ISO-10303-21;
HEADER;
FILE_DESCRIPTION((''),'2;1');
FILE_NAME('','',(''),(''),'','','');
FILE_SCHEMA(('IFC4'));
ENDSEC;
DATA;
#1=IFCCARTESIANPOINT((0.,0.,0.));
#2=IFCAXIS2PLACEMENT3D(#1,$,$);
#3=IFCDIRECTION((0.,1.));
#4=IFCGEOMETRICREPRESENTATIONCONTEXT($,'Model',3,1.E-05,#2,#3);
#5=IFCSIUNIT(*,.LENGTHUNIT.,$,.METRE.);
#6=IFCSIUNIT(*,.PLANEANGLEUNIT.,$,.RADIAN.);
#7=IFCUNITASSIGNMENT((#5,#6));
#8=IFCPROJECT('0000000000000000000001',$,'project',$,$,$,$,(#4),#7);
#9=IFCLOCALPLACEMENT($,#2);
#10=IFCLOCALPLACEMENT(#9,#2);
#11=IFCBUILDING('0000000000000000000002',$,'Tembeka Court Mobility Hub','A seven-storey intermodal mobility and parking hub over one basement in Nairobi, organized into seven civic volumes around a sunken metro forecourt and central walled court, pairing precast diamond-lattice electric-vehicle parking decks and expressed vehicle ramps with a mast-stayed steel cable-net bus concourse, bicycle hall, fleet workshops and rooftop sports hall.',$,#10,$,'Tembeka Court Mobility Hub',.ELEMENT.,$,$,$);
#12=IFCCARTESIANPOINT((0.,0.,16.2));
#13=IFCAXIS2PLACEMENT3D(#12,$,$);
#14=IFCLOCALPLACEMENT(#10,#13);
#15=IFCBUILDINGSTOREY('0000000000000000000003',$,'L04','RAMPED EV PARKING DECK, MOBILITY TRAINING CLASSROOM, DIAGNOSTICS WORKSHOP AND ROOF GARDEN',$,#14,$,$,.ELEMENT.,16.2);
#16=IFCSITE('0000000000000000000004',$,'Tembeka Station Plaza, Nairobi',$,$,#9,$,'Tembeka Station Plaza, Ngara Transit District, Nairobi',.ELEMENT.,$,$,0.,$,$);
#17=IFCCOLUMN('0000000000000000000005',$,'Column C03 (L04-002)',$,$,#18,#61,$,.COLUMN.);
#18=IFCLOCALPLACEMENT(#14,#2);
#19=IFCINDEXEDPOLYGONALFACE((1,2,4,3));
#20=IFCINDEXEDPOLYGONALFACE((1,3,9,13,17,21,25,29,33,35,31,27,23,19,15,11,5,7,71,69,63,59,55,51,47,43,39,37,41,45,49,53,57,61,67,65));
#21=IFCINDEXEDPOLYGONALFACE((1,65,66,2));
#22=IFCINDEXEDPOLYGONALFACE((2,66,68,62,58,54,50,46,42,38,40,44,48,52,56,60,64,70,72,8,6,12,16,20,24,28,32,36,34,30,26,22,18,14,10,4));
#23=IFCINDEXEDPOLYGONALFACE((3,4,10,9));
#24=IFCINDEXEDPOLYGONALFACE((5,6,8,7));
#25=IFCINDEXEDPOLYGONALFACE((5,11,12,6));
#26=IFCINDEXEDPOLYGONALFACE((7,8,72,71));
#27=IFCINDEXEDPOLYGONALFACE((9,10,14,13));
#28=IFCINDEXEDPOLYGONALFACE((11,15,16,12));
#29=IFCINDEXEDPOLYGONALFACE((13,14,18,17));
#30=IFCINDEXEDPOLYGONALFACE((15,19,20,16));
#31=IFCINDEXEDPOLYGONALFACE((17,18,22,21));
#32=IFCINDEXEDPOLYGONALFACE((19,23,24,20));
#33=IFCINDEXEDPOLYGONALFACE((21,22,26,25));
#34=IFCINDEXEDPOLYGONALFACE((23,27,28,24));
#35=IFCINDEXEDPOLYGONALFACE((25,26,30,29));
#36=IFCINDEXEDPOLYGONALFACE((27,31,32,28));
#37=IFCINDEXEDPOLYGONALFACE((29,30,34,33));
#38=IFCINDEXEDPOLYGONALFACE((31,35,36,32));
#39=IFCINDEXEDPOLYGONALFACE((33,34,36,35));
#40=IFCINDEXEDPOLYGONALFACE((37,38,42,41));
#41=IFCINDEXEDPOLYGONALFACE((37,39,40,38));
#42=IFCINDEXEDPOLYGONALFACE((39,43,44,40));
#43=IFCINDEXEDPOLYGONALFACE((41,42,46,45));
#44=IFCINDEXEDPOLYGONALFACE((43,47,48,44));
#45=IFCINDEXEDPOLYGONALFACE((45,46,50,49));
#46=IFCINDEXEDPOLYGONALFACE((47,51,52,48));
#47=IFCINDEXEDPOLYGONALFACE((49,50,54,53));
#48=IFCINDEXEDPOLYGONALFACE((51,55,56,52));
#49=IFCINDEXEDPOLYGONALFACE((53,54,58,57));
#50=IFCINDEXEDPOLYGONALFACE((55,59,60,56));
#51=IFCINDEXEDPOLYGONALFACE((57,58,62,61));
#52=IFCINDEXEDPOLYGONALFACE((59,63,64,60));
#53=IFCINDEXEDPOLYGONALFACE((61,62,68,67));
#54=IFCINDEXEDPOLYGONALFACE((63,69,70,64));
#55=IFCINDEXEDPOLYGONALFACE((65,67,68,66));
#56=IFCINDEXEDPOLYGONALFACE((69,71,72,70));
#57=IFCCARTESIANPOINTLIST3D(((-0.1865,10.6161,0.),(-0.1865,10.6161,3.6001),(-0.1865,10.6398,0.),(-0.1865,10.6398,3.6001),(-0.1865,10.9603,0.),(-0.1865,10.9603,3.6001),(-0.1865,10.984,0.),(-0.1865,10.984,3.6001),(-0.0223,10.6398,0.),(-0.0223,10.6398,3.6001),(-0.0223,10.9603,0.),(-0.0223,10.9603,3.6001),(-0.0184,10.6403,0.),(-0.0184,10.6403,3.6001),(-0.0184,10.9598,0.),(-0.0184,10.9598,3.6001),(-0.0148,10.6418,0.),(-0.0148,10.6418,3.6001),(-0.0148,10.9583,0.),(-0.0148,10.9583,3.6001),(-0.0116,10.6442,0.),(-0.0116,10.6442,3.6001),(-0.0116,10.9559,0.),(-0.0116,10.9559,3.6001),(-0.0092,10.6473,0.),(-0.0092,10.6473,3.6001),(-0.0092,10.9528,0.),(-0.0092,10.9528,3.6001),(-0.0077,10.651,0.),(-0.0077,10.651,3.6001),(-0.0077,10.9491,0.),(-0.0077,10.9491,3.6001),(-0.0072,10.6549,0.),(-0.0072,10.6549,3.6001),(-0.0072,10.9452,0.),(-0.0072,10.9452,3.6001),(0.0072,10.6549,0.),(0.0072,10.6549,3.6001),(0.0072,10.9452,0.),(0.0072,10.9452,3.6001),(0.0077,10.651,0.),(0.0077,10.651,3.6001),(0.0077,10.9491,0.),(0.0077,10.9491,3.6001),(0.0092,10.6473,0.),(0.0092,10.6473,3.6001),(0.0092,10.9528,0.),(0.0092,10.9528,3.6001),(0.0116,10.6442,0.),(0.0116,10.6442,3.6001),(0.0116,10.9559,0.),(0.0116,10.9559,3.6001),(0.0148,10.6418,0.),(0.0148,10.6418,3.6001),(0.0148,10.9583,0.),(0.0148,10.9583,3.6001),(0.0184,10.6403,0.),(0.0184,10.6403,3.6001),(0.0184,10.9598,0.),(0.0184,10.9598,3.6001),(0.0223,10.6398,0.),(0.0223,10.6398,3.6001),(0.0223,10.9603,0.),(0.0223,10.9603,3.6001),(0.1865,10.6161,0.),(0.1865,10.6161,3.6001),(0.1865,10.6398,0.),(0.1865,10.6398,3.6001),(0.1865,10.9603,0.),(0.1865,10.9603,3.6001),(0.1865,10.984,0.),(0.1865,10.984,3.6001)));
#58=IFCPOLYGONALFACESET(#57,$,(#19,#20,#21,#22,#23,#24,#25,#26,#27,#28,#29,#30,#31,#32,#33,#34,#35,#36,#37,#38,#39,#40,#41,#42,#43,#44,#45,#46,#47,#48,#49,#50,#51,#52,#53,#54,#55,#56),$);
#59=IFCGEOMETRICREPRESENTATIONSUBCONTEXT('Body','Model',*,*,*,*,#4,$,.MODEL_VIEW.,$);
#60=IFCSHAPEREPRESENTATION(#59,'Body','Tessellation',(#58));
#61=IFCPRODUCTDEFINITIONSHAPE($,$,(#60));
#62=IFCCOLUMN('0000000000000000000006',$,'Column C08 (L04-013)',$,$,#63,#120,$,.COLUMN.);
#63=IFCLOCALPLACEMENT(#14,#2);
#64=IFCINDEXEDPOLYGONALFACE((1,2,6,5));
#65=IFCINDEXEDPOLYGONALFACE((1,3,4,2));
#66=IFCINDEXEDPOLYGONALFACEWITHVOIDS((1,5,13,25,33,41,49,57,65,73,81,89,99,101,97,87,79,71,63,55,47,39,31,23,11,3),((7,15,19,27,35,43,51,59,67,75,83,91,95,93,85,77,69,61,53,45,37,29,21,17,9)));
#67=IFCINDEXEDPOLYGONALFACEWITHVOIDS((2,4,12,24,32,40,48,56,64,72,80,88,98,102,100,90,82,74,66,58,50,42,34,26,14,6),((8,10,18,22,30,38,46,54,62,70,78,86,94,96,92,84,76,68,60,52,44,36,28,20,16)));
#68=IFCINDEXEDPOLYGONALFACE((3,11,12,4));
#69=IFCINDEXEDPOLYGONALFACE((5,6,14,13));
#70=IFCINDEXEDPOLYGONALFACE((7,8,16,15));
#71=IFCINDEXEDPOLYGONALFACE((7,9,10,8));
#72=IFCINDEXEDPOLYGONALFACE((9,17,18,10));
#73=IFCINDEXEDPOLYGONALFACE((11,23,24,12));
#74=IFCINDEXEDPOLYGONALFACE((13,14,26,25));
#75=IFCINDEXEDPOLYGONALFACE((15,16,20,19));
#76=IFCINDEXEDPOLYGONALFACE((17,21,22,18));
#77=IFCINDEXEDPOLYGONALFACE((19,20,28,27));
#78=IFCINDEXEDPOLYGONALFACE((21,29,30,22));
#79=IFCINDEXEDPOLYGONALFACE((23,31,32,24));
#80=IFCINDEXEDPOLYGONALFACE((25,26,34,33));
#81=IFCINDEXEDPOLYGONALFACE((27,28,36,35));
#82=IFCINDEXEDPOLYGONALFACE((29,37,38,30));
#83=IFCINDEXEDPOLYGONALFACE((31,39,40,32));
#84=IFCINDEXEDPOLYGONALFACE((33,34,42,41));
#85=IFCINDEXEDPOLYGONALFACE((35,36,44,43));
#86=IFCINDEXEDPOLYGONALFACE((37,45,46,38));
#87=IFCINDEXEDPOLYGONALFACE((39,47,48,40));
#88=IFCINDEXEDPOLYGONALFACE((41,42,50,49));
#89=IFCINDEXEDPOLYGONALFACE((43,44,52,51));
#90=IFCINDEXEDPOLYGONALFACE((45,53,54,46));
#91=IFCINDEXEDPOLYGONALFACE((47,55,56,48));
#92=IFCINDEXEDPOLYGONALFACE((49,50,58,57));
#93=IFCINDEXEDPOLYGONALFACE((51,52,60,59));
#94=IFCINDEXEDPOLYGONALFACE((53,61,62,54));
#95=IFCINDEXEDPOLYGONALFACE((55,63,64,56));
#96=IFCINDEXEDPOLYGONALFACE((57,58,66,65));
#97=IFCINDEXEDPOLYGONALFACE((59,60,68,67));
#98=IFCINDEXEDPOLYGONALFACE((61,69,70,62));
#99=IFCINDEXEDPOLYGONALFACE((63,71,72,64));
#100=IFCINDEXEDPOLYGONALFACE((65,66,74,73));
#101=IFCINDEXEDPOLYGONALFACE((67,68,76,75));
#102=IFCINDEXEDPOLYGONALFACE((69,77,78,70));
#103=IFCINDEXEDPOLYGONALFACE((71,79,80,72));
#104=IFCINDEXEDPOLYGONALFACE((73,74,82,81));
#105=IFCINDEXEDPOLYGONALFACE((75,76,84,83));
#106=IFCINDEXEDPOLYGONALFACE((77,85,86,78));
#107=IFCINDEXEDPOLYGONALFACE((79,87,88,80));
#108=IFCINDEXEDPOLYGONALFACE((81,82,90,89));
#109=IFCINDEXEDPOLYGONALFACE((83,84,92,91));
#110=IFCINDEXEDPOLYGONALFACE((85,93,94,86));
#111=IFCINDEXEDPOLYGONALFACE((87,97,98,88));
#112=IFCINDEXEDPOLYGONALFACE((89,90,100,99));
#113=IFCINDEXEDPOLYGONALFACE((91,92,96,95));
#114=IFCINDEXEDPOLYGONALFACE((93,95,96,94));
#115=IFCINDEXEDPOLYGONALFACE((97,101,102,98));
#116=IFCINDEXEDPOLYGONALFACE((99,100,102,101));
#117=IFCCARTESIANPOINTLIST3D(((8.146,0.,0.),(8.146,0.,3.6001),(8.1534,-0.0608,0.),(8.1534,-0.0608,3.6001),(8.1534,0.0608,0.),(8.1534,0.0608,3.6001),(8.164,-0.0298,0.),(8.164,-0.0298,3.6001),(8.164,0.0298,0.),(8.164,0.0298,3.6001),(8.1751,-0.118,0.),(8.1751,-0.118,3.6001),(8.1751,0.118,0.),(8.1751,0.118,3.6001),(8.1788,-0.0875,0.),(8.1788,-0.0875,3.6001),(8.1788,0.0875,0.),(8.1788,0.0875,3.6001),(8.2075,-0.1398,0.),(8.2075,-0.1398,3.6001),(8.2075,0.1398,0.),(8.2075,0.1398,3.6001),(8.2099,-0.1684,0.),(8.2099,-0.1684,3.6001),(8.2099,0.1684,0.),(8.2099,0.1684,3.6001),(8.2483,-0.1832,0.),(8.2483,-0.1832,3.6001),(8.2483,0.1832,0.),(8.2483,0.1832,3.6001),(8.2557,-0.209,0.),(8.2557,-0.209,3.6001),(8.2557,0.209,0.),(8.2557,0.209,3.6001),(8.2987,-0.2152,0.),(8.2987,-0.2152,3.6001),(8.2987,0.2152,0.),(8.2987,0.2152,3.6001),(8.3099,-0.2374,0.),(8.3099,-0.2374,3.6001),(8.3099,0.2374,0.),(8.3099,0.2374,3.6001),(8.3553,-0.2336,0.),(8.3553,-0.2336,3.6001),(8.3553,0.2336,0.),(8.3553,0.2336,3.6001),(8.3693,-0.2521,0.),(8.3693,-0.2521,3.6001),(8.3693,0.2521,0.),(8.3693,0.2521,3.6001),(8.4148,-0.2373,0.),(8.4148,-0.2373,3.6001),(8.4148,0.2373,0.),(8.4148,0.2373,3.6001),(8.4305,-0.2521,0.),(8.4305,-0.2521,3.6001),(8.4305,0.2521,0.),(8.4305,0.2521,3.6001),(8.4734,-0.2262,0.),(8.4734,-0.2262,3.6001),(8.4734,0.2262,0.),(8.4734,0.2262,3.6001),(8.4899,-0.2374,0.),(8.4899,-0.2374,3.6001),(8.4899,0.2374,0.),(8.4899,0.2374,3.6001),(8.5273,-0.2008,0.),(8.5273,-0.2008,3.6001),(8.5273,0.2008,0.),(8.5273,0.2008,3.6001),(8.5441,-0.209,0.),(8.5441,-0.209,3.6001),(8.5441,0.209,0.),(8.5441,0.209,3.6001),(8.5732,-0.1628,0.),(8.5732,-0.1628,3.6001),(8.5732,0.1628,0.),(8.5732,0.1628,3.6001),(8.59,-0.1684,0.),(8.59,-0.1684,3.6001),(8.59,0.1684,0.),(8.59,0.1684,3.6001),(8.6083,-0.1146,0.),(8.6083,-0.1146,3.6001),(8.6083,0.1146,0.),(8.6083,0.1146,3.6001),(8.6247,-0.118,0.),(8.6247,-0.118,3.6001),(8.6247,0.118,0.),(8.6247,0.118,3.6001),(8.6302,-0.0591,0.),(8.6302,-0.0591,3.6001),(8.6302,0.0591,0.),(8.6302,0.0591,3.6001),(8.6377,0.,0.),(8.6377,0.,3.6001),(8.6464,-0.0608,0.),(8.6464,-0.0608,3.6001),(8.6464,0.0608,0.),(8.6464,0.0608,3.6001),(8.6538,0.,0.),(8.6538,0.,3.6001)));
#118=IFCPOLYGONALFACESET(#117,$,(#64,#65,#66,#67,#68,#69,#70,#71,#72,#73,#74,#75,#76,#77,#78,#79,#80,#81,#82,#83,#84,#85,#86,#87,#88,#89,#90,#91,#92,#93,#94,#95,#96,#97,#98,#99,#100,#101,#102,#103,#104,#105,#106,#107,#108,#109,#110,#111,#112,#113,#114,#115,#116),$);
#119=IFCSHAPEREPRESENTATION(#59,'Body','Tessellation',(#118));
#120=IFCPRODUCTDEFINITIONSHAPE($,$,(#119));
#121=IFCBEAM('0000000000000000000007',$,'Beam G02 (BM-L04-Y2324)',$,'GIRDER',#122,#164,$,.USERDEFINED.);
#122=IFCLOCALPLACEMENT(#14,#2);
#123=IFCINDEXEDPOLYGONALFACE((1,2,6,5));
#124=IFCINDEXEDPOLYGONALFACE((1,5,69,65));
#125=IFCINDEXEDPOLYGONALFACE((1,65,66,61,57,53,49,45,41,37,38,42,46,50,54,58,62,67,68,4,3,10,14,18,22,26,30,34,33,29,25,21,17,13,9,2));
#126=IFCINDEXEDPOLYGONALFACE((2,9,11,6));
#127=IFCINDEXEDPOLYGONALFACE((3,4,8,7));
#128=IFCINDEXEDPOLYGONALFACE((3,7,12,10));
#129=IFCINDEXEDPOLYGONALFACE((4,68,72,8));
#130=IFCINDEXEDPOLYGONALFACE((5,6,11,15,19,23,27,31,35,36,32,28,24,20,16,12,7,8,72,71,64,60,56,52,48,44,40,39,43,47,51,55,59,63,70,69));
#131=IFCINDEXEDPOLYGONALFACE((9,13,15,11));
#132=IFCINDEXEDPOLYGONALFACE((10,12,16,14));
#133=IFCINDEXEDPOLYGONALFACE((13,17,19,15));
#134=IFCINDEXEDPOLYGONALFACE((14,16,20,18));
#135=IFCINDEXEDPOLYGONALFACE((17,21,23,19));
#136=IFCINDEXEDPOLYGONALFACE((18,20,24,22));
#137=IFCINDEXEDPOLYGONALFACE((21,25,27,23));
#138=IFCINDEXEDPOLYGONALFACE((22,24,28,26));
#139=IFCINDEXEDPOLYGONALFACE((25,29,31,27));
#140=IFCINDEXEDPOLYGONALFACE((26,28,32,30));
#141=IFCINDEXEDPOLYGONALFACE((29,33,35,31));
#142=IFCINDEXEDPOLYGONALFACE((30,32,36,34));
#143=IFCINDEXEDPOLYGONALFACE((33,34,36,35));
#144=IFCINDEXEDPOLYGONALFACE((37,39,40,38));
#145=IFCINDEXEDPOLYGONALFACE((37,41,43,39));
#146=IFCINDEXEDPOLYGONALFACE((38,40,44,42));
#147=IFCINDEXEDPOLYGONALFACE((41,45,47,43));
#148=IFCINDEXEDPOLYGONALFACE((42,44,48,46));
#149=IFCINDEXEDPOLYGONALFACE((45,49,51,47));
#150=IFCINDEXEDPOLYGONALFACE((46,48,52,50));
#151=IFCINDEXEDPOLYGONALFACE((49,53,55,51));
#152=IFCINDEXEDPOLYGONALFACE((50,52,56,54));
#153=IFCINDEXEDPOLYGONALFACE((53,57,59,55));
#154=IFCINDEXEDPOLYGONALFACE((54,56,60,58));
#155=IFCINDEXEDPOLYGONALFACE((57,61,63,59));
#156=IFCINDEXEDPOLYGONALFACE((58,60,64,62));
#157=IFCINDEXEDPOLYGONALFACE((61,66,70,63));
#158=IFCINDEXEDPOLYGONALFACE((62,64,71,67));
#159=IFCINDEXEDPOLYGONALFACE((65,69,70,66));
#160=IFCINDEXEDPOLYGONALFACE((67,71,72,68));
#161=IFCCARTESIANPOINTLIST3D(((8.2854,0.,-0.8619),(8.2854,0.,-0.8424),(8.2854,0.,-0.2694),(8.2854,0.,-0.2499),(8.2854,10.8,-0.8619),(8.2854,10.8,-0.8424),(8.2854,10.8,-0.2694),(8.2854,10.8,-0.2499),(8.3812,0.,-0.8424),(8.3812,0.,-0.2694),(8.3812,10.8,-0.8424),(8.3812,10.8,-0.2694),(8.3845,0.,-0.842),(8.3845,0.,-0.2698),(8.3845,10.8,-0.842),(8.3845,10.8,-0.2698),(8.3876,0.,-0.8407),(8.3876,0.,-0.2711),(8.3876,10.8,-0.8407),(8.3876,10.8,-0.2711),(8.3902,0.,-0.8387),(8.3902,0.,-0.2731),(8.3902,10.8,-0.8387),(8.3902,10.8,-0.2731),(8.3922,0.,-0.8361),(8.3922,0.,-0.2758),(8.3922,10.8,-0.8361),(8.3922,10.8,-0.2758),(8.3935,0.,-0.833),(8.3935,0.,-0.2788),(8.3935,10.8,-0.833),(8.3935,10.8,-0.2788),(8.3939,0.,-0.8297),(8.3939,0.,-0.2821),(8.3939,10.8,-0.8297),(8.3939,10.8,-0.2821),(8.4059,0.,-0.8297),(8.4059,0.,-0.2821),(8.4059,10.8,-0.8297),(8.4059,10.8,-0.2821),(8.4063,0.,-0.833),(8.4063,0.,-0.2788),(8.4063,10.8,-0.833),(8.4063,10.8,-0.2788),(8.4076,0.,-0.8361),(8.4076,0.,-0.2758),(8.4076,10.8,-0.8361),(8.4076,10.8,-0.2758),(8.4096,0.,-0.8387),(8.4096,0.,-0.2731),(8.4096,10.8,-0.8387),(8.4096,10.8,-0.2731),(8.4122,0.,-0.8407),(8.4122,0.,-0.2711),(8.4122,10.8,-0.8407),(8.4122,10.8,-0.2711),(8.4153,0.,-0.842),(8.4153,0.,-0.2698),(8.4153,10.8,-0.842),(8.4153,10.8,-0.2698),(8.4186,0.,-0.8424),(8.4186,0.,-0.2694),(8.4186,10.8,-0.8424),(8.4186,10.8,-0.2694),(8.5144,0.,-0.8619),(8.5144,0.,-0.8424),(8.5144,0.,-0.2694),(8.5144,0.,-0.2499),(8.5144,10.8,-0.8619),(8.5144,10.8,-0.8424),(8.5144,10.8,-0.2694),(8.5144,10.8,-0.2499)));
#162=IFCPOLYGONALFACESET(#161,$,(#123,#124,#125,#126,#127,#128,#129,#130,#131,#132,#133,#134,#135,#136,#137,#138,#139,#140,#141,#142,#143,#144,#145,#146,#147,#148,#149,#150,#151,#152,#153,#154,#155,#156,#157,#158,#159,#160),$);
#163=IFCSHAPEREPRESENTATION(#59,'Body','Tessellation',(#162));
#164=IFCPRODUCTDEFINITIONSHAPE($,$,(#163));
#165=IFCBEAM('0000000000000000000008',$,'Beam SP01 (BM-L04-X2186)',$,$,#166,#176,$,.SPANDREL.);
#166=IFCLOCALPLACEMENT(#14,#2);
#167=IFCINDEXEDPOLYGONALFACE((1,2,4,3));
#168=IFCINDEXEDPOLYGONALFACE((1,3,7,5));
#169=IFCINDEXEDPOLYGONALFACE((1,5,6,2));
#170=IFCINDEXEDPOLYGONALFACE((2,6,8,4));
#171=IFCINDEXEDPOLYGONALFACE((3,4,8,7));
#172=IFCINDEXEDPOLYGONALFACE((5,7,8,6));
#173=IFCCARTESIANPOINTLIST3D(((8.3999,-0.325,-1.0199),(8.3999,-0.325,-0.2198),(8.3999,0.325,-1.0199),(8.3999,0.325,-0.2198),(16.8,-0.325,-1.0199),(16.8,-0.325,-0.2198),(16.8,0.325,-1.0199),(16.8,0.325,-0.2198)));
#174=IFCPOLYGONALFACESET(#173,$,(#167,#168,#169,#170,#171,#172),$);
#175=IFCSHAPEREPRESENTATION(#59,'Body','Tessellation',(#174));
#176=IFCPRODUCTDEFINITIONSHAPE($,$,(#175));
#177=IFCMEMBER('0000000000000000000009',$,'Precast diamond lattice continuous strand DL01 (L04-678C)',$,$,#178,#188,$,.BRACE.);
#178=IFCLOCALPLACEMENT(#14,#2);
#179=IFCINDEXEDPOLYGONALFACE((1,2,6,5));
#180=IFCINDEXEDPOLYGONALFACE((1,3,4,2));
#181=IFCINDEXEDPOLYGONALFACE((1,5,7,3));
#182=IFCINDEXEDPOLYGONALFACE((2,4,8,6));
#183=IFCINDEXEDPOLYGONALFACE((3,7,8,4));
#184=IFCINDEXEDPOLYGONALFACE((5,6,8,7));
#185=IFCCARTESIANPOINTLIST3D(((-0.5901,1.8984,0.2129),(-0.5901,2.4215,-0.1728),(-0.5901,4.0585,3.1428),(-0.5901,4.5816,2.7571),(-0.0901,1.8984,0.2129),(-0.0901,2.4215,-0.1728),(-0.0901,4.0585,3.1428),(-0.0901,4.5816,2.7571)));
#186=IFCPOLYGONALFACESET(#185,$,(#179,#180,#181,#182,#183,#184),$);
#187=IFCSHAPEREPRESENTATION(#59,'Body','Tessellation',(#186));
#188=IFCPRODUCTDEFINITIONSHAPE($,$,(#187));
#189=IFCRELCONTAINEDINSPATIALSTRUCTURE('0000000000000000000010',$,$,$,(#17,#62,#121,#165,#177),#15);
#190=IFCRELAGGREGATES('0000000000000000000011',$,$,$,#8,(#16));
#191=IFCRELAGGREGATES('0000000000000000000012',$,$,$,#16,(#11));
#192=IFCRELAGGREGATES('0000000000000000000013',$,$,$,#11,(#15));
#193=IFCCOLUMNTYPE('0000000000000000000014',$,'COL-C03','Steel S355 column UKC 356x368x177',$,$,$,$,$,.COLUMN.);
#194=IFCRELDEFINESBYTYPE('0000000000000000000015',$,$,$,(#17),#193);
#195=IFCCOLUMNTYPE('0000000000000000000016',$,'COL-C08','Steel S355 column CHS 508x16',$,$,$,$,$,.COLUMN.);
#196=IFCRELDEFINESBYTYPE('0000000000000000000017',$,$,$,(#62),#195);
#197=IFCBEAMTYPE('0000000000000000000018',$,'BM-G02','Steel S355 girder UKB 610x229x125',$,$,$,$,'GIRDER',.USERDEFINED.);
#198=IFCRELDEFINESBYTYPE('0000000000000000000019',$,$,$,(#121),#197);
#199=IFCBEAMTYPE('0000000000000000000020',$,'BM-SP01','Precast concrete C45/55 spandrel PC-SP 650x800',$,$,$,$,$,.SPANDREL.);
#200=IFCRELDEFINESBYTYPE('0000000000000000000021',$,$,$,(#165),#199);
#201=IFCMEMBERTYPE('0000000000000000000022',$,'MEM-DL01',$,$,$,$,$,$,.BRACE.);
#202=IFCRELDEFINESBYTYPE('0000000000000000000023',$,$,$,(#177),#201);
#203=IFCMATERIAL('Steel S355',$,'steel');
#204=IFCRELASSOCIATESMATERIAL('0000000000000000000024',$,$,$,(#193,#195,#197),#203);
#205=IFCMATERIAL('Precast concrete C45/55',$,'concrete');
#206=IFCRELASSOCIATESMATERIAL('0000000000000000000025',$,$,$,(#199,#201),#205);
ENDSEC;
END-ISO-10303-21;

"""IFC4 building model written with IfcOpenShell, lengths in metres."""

from ifc_helpers import new_model, si_unit, direction, frame, origin, origin_2d, place, context, subcontext, project, spatial, rectangle, hollow_circle, i_section, extrude, material, material_profile, profile_set, type_object, element, save


model = new_model("IFC4")

# Units and contexts
model_context = context("Model", 3, precision=1e-05, world=origin(), true_north=direction((0.0, 1.0)))
body_context = subcontext(model_context, "Body", "Model", "MODEL_VIEW")
ifc_project = project(units=[si_unit("LENGTHUNIT", "METRE"), si_unit("PLANEANGLEUNIT", "RADIAN")], contexts=[model_context])

# Site, building, storey
site_placement = place(None, origin())
site = spatial("IfcSite", under=ifc_project, at=site_placement, Name="Tembeka Station Plaza, Nairobi", LongName="Tembeka Station Plaza, Ngara Transit District, Nairobi", CompositionType="ELEMENT", RefElevation=0.0)
building_placement = place(site_placement, origin())
building = spatial("IfcBuilding", under=site, at=building_placement, Name="Tembeka Court Mobility Hub", Description="A seven-storey intermodal mobility and parking hub over one basement in Nairobi, organized into seven civic volumes around a sunken metro forecourt and central walled court, pairing precast diamond-lattice electric-vehicle parking decks and expressed vehicle ramps with a mast-stayed steel cable-net bus concourse, bicycle hall, fleet workshops and rooftop sports hall.", LongName="Tembeka Court Mobility Hub", CompositionType="ELEMENT")
storey_placement = place(building_placement, frame((0.0, 0.0, 16.2)))
storey = spatial("IfcBuildingStorey", under=building, at=storey_placement, Name="L04", Description="RAMPED EV PARKING DECK, MOBILITY TRAINING CLASSROOM, DIAGNOSTICS WORKSHOP AND ROOF GARDEN", CompositionType="ELEMENT", Elevation=16.2)

# Columns
ifc_material_1 = material(Name="Steel S355", Category="steel")
ifc_material_profile_1 = material_profile(ifc_material_1, i_section(OverallWidth=0.373, OverallDepth=0.3679, WebThickness=0.0144, FlangeThickness=0.0237, FilletRadius=0.0151, at=origin_2d()), Name="UKC 356x368x177")
ifc_profile_set_1 = profile_set([ifc_material_profile_1], Name="Steel S355")
column_type_1 = type_object("IfcColumnType", Name="COL-C03", Description="Steel S355 column UKC 356x368x177", PredefinedType="COLUMN", material=ifc_profile_set_1)
column_1_placement = place(storey_placement, frame((0.0, 10.8, 0.0), z_axis=(0.0, 0.0, 1.0), x_axis=(1.0, 0.0, 0.0)))
element("IfcColumn", 1, at=column_1_placement, inside=storey, type_object=column_type_1, Name="Column C03 (L04-002)", PredefinedType="COLUMN", context=body_context, shape_type="SweptSolid", body=[
    extrude(i_section(OverallWidth=0.373, OverallDepth=0.3679, WebThickness=0.0144, FlangeThickness=0.0237, FilletRadius=0.0151, at=origin_2d()), origin(), (0.0, 0.0, 1.0), 3.6001),
])
ifc_material_profile_2 = material_profile(ifc_material_1, hollow_circle(Radius=0.2539, WallThickness=0.0161, at=origin_2d()), Name="CHS 508x16")
ifc_profile_set_2 = profile_set([ifc_material_profile_2], Name="Steel S355")
column_type_2 = type_object("IfcColumnType", Name="COL-C08", Description="Steel S355 column CHS 508x16", PredefinedType="COLUMN", material=ifc_profile_set_2)
column_2_placement = place(storey_placement, frame((8.3999, 0.0, 0.0), z_axis=(0.0, 0.0, 1.0), x_axis=(1.0, 0.0, 0.0)))
element("IfcColumn", 2, at=column_2_placement, inside=storey, type_object=column_type_2, Name="Column C08 (L04-013)", PredefinedType="COLUMN", context=body_context, shape_type="SweptSolid", body=[
    extrude(hollow_circle(Radius=0.2539, WallThickness=0.0161, at=origin_2d()), origin(), (0.0, 0.0, 1.0), 3.6001),
])

# Beams
ifc_material_profile_3 = material_profile(ifc_material_1, i_section(OverallWidth=0.229, OverallDepth=0.6121, WebThickness=0.012, FlangeThickness=0.0195, FilletRadius=0.0127, at=origin_2d()), Name="UKB 610x229x125")
ifc_profile_set_3 = profile_set([ifc_material_profile_3], Name="Steel S355")
beam_type_1 = type_object("IfcBeamType", Name="BM-G02", Description="Steel S355 girder UKB 610x229x125", ElementType="GIRDER", PredefinedType="USERDEFINED", material=ifc_profile_set_3)
beam_1_placement = place(storey_placement, frame((8.3999, 0.0, -0.5559), z_axis=(0.0, 1.0, 0.0), x_axis=(-1.0, 0.0, 0.0)))
element("IfcBeam", 3, at=beam_1_placement, inside=storey, type_object=beam_type_1, Name="Beam G02 (BM-L04-Y2324)", ObjectType="GIRDER", PredefinedType="USERDEFINED", context=body_context, shape_type="SweptSolid", body=[
    extrude(i_section(OverallWidth=0.229, OverallDepth=0.6121, WebThickness=0.012, FlangeThickness=0.0195, FilletRadius=0.0127, at=origin_2d()), origin(), (0.0, 0.0, 1.0), 10.8),
])
ifc_material_2 = material(Name="Precast concrete C45/55", Category="concrete")
ifc_material_profile_4 = material_profile(ifc_material_2, rectangle(XDim=0.6499, YDim=0.8, at=origin_2d()), Name="PC-SP 650x800")
ifc_profile_set_4 = profile_set([ifc_material_profile_4], Name="Precast concrete C45/55")
beam_type_2 = type_object("IfcBeamType", Name="BM-SP01", Description="Precast concrete C45/55 spandrel PC-SP 650x800", PredefinedType="SPANDREL", material=ifc_profile_set_4)
beam_2_placement = place(storey_placement, frame((8.3999, 0.0, -0.6199), z_axis=(1.0, 0.0, 0.0), x_axis=(0.0, 1.0, 0.0)))
element("IfcBeam", 4, at=beam_2_placement, inside=storey, type_object=beam_type_2, Name="Beam SP01 (BM-L04-X2186)", PredefinedType="SPANDREL", context=body_context, shape_type="SweptSolid", body=[
    extrude(rectangle(XDim=0.6499, YDim=0.8, at=origin_2d()), origin(), (0.0, 0.0, 1.0), 8.4001),
])

# Member
ifc_material_profile_5 = material_profile(ifc_material_2, rectangle(XDim=0.5, YDim=0.6499, at=origin_2d()), Name="PC-DIAG 500x650")
ifc_profile_set_5 = profile_set([ifc_material_profile_5], Name="Precast concrete C45/55")
member_type_1 = type_object("IfcMemberType", Name="MEM-DL01", PredefinedType="BRACE", material=ifc_profile_set_5)
member_1_placement = place(storey_placement, frame((-0.3401, 2.1599, 0.02), z_axis=(0.0, 0.593423, 0.804891), x_axis=(-1.0, 0.0, 0.0)))
element("IfcMember", 5, at=member_1_placement, inside=storey, type_object=member_type_1, Name="Precast diamond lattice continuous strand DL01 (L04-678C)", PredefinedType="BRACE", context=body_context, shape_type="SweptSolid", body=[
    extrude(rectangle(XDim=0.5, YDim=0.6499, at=origin_2d()), origin(), (0.0, 0.0, 1.0), 3.6401),
])

save(model, "model.ifc")
